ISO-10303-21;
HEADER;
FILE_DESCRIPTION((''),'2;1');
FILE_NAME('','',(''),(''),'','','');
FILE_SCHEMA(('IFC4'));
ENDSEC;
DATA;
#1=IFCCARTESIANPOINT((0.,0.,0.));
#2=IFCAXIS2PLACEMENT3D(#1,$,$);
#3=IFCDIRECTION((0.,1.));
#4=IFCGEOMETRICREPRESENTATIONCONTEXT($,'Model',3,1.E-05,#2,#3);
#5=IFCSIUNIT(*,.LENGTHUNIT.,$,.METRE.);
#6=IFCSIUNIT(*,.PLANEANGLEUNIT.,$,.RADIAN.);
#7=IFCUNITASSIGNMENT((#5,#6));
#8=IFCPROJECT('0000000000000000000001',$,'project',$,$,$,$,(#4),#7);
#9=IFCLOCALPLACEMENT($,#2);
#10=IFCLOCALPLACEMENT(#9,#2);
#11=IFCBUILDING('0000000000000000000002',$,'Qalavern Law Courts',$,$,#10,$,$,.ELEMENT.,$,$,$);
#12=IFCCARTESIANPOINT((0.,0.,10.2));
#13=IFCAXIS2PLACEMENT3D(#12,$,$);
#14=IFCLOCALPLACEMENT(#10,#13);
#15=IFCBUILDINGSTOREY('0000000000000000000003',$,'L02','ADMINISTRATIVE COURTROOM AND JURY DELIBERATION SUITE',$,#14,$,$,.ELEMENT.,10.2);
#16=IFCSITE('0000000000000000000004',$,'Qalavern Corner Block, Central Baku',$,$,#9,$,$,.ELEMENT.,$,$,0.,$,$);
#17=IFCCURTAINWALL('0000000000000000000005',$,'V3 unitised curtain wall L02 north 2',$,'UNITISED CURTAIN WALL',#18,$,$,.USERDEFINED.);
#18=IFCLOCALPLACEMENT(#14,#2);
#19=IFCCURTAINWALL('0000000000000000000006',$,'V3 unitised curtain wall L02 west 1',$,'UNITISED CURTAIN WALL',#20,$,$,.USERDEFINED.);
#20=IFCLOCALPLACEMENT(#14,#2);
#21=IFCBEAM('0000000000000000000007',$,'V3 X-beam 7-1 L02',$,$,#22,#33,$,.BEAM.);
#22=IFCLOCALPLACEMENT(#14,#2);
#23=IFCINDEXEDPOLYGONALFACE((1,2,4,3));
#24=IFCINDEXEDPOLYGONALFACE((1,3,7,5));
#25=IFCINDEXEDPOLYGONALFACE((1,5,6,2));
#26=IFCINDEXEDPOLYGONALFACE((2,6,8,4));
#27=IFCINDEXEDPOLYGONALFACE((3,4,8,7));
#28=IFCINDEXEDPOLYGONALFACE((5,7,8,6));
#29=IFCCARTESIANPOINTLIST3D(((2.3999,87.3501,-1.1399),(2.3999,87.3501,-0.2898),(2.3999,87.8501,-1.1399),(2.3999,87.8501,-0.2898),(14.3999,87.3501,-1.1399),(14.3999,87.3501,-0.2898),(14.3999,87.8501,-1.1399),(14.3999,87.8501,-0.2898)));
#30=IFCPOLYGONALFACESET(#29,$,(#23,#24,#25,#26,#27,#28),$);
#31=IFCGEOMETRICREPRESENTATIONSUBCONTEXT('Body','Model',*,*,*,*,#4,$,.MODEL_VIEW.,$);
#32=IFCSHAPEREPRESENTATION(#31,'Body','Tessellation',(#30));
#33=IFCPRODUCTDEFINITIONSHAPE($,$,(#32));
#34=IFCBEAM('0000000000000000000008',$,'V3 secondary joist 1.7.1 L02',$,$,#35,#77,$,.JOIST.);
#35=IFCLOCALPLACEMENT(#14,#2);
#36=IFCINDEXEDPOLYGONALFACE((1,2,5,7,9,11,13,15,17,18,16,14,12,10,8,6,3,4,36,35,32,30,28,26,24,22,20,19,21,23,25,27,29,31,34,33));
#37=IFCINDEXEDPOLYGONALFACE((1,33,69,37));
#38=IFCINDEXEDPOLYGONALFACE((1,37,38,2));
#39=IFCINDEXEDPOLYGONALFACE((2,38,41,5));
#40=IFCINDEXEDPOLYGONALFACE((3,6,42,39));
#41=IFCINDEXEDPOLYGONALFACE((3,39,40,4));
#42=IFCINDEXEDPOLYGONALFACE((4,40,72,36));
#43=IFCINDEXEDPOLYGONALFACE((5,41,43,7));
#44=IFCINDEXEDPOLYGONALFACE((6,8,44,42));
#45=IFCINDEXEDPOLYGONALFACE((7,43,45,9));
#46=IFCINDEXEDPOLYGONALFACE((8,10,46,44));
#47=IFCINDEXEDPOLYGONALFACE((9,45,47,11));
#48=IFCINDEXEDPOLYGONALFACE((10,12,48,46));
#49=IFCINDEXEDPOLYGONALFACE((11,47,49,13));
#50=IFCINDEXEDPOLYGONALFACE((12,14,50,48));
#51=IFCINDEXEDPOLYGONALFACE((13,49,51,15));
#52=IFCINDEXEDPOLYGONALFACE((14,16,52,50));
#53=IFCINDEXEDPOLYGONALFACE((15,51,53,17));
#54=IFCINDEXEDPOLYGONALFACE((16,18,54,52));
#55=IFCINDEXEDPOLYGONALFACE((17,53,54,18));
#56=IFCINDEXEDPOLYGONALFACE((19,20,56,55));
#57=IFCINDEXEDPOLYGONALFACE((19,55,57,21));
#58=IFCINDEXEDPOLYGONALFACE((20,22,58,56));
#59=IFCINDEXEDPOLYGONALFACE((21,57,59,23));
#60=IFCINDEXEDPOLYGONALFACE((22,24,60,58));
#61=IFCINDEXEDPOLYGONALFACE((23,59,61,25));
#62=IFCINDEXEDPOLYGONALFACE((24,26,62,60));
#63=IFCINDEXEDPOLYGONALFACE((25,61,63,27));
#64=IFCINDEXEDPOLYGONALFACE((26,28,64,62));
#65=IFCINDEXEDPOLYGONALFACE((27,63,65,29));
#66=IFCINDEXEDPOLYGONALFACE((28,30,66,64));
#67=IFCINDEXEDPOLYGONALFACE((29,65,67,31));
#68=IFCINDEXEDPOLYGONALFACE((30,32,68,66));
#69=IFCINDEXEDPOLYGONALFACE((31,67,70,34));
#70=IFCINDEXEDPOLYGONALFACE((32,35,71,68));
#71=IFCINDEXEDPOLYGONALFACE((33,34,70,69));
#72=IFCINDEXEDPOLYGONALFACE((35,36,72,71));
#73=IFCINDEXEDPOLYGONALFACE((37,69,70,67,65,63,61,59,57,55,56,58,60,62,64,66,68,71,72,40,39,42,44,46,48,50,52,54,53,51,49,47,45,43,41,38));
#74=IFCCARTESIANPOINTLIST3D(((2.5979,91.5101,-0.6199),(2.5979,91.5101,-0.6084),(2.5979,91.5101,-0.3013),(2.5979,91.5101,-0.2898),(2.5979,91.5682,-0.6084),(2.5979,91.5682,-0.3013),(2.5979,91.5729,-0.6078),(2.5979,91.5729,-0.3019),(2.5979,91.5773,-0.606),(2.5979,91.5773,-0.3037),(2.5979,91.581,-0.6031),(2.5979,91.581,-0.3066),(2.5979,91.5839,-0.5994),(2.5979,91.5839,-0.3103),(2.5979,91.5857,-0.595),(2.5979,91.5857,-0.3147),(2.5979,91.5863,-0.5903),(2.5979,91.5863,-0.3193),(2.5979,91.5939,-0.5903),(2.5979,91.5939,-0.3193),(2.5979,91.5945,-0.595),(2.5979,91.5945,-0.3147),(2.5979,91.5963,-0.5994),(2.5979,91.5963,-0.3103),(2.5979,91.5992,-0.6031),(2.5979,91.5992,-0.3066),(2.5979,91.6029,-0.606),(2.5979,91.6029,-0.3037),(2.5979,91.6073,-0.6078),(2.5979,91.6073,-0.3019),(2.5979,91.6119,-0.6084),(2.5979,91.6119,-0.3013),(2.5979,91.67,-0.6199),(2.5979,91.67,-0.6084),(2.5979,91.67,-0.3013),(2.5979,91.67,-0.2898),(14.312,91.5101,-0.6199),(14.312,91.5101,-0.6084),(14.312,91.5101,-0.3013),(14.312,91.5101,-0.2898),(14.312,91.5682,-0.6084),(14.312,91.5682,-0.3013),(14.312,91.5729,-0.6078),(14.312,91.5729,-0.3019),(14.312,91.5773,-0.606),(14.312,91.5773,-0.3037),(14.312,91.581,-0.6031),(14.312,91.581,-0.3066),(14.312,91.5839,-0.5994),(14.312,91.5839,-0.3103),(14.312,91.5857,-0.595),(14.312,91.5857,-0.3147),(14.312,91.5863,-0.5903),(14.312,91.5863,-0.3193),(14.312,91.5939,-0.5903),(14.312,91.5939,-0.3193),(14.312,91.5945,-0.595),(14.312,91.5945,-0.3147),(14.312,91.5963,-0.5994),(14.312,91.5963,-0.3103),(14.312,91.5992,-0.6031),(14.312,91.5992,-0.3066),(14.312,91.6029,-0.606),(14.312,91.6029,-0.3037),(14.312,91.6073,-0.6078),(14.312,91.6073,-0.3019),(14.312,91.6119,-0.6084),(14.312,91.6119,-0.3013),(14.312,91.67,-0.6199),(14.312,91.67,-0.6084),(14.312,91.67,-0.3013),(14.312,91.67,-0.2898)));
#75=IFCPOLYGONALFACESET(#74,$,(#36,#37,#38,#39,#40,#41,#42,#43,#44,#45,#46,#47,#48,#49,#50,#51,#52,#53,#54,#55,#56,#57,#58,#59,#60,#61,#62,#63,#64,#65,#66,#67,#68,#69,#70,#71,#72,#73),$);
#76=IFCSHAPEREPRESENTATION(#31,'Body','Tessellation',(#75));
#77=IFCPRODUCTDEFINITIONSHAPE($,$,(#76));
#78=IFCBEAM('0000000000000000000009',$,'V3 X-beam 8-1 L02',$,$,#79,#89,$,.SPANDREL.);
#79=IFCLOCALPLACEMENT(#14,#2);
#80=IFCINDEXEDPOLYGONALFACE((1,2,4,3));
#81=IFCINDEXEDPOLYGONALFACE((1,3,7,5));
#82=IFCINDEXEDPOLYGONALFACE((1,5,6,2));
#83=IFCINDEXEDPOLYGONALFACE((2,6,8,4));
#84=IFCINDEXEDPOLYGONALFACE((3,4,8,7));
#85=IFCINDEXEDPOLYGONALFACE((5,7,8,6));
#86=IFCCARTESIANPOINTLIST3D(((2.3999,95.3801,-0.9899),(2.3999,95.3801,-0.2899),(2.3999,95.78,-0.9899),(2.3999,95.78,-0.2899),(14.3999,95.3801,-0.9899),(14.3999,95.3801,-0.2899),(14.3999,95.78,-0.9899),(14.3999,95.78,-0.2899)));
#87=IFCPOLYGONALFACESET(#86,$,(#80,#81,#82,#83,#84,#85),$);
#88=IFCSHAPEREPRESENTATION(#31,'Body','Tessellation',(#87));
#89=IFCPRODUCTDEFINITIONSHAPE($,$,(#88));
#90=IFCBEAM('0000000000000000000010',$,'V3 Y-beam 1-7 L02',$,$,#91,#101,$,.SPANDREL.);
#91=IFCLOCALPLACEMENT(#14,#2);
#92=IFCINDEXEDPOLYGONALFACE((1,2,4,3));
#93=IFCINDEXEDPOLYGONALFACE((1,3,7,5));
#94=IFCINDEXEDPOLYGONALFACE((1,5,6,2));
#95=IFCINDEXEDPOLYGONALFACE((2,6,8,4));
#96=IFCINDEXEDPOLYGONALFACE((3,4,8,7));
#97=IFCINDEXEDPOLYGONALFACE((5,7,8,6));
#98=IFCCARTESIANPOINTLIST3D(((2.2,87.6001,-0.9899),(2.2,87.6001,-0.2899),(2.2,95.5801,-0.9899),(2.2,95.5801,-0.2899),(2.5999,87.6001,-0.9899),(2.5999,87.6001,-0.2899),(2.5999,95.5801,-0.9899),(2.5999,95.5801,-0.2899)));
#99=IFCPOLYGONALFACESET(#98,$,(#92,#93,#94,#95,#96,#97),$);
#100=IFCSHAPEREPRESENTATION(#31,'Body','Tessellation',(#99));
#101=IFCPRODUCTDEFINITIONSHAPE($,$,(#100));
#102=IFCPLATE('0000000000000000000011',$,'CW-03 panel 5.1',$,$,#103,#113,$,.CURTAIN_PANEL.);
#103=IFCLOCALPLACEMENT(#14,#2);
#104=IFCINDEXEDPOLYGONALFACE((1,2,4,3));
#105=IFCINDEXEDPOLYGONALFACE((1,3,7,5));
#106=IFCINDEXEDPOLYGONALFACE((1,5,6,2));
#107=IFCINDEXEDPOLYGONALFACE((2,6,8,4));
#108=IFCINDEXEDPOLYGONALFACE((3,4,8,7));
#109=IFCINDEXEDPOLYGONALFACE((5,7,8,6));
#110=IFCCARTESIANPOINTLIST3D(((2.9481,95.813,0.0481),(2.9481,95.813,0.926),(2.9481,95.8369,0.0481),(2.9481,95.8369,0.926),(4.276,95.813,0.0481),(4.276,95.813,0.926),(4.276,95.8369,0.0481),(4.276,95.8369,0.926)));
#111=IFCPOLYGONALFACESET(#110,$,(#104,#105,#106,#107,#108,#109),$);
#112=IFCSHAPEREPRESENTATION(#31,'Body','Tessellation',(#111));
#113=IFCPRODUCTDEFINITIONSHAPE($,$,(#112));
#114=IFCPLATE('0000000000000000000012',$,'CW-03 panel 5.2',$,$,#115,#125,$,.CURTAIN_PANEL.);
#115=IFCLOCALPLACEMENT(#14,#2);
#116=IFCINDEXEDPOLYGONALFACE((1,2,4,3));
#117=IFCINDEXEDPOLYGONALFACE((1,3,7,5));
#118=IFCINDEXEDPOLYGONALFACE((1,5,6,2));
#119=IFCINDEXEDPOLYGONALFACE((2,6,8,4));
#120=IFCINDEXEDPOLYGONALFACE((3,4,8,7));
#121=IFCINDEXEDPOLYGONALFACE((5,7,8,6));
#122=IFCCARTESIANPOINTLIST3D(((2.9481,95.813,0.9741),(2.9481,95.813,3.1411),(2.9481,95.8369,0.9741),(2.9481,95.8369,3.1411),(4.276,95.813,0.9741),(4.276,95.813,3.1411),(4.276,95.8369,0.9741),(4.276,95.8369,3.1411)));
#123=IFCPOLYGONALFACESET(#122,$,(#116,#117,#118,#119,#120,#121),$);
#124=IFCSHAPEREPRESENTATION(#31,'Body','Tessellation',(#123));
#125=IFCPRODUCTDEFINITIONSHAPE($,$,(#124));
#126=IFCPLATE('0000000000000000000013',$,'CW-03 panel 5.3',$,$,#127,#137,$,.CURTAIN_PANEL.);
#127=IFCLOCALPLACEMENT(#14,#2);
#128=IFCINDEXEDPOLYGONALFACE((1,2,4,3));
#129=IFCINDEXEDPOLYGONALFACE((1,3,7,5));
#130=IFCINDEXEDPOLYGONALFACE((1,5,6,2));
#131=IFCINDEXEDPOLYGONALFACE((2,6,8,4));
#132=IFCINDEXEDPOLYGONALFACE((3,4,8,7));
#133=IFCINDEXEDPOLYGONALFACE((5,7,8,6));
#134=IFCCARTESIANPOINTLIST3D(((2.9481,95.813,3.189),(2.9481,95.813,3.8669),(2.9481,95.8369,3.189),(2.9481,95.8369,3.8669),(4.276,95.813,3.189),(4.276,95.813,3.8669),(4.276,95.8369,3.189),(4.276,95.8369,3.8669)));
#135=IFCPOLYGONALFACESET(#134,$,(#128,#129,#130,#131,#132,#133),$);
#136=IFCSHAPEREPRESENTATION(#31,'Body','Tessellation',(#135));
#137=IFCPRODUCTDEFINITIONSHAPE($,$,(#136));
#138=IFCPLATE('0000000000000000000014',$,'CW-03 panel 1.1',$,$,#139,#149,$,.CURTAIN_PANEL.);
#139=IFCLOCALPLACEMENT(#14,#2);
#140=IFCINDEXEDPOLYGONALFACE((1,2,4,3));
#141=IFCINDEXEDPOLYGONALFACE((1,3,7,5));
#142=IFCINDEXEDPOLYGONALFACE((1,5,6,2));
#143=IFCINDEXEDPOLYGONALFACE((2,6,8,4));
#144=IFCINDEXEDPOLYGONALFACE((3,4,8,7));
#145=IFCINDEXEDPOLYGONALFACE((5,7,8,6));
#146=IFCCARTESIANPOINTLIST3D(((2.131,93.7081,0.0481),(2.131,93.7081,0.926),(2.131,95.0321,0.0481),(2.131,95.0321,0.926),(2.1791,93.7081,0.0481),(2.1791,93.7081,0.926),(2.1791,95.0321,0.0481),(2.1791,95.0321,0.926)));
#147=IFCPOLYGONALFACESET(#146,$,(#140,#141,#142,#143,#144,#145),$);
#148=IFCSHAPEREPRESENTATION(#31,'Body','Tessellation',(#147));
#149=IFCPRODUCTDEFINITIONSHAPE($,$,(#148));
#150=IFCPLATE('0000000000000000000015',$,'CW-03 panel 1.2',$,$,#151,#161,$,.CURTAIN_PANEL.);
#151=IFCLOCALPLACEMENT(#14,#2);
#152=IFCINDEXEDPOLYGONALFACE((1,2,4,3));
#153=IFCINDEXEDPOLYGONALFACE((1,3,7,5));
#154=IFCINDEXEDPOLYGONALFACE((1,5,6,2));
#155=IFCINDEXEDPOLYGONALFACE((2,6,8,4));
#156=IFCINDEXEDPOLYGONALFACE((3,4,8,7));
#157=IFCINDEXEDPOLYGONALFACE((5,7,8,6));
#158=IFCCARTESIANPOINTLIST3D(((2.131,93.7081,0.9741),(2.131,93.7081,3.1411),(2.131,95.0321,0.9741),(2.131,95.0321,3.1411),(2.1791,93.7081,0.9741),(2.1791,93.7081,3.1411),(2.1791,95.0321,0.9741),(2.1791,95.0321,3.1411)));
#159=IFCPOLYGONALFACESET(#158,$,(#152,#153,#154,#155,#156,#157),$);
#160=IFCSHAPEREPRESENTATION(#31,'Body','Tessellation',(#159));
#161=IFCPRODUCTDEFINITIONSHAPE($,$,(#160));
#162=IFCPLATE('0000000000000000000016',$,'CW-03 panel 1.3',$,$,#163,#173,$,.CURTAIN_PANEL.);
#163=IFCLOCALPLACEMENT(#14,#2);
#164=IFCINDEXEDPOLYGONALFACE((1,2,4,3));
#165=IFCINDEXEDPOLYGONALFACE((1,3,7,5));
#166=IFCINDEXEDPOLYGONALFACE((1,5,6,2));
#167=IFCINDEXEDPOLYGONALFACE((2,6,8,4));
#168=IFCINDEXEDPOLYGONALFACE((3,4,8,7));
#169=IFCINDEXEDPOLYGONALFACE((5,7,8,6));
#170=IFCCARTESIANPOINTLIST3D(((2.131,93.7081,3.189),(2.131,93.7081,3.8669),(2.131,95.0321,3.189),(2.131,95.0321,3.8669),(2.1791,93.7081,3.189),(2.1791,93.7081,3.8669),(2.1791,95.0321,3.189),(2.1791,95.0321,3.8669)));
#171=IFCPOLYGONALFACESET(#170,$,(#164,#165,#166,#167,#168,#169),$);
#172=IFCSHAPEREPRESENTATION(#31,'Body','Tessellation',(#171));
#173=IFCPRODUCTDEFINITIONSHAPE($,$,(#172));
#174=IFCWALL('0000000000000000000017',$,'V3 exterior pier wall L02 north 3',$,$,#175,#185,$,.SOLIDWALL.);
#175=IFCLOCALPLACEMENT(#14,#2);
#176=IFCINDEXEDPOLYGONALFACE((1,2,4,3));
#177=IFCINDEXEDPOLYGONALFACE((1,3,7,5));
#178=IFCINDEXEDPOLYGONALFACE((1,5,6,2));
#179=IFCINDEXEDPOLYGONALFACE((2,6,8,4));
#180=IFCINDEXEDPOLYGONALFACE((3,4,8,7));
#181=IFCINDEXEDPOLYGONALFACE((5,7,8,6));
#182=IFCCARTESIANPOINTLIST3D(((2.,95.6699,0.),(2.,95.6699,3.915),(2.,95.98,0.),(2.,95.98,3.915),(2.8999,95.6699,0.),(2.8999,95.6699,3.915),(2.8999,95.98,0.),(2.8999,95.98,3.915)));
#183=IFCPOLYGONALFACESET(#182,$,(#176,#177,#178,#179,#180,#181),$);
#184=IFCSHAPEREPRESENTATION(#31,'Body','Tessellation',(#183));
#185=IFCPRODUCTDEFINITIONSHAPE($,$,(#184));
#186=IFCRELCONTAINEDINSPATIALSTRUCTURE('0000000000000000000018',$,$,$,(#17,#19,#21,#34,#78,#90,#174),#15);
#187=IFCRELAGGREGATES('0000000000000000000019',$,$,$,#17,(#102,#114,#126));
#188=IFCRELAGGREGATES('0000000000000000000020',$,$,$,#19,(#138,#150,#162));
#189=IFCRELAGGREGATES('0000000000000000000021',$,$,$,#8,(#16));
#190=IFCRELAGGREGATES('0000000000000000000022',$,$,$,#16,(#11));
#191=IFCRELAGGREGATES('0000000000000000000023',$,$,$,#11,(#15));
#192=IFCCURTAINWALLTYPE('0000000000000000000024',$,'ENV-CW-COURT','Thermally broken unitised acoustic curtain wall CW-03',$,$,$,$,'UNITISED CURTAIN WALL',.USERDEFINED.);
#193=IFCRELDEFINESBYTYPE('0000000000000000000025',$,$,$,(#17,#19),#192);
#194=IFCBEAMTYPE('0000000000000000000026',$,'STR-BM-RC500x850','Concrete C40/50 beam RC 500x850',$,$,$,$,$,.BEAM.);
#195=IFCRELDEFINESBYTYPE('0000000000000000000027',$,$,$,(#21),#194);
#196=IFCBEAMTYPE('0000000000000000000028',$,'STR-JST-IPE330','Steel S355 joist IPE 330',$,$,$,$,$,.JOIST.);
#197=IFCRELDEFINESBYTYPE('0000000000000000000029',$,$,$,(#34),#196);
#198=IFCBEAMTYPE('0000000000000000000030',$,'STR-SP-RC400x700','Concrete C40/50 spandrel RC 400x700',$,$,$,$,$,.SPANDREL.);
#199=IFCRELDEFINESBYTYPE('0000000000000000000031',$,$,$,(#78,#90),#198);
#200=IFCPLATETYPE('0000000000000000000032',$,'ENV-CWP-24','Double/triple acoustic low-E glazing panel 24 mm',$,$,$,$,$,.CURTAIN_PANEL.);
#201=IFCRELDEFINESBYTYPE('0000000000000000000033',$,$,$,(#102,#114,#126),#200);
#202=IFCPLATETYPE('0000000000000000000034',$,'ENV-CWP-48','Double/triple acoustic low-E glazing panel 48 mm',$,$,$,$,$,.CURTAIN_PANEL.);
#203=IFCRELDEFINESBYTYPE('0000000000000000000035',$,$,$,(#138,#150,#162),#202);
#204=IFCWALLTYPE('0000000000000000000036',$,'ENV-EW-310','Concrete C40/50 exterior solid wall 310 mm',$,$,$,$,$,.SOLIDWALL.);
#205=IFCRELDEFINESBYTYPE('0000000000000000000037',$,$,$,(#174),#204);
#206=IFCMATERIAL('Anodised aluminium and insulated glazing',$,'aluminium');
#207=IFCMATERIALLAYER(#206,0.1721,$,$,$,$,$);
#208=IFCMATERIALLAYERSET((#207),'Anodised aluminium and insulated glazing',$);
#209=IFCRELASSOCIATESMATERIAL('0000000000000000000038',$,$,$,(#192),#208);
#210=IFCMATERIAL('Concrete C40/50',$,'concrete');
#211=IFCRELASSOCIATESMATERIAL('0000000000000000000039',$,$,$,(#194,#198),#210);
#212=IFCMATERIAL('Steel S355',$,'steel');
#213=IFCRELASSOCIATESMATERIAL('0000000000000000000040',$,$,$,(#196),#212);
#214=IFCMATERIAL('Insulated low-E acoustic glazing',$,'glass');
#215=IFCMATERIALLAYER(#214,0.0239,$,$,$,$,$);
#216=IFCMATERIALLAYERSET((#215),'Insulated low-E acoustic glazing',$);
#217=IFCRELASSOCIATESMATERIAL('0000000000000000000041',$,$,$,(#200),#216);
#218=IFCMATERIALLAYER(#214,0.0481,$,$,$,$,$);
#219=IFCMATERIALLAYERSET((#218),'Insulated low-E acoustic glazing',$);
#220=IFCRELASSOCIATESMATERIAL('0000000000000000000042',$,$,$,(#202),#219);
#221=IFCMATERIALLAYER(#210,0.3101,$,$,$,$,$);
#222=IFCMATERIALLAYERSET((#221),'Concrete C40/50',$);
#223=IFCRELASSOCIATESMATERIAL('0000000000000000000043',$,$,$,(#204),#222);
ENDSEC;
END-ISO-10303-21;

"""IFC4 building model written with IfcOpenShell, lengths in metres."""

from ifc_helpers import new_model, si_unit, direction, frame, frame_2d, origin, origin_2d, place, context, subcontext, project, spatial, rectangle, i_section, extrude, material, layer, layer_set, material_profile, profile_set, type_object, element, aggregate, save


model = new_model("IFC4")

# Units and contexts
model_context = context("Model", 3, precision=1e-05, world=origin(), true_north=direction((0.0, 1.0)))
body_context = subcontext(model_context, "Body", "Model", "MODEL_VIEW")
ifc_project = project(units=[si_unit("LENGTHUNIT", "METRE"), si_unit("PLANEANGLEUNIT", "RADIAN")], contexts=[model_context])

# Site, building, storey
site_placement = place(None, origin())
site = spatial("IfcSite", under=ifc_project, at=site_placement, Name="Qalavern Corner Block, Central Baku", CompositionType="ELEMENT", RefElevation=0.0)
building_placement = place(site_placement, origin())
building = spatial("IfcBuilding", under=site, at=building_placement, Name="Qalavern Law Courts", CompositionType="ELEMENT")
storey_placement = place(building_placement, frame((0.0, 0.0, 10.2)))
storey = spatial("IfcBuildingStorey", under=building, at=storey_placement, Name="L02", Description="ADMINISTRATIVE COURTROOM AND JURY DELIBERATION SUITE", CompositionType="ELEMENT", Elevation=10.2)

# Curtain wall
ifc_material_1 = material(Name="Anodised aluminium and insulated glazing", Category="aluminium")
ifc_layer_1 = layer(ifc_material_1, 0.1721)
ifc_layer_set_1 = layer_set([ifc_layer_1], Name="Anodised aluminium and insulated glazing")
curtain_wall_type = type_object("IfcCurtainWallType", Name="ENV-CW-COURT", Description="Thermally broken unitised acoustic curtain wall CW-03", ElementType="UNITISED CURTAIN WALL", PredefinedType="USERDEFINED", material=ifc_layer_set_1)
curtain_wall_1_placement = place(storey_placement, origin())
curtain_wall_1 = element("IfcCurtainWall", 1, at=curtain_wall_1_placement, inside=storey, type_object=curtain_wall_type, Name="V3 unitised curtain wall L02 north 2", ObjectType="UNITISED CURTAIN WALL", PredefinedType="USERDEFINED")

# Curtain wall
curtain_wall_2_placement = place(storey_placement, origin())
curtain_wall_2 = element("IfcCurtainWall", 2, at=curtain_wall_2_placement, inside=storey, type_object=curtain_wall_type, Name="V3 unitised curtain wall L02 west 1", ObjectType="UNITISED CURTAIN WALL", PredefinedType="USERDEFINED")

# Beams
ifc_material_2 = material(Name="Concrete C40/50", Category="concrete")
ifc_material_profile_1 = material_profile(ifc_material_2, rectangle(XDim=0.5, YDim=0.8501, at=origin_2d()), Name="RC 500x850")
ifc_profile_set_1 = profile_set([ifc_material_profile_1], Name="Concrete C40/50")
beam_type_1 = type_object("IfcBeamType", Name="STR-BM-RC500x850", Description="Concrete C40/50 beam RC 500x850", PredefinedType="BEAM", material=ifc_profile_set_1)
beam_1_placement = place(storey_placement, frame((2.3999, 87.6001, -0.7148), z_axis=(1.0, 0.0, 0.0), x_axis=(0.0, 1.0, 0.0)))
element("IfcBeam", 3, at=beam_1_placement, inside=storey, type_object=beam_type_1, Name="V3 X-beam 7-1 L02", PredefinedType="BEAM", context=body_context, shape_type="SweptSolid", body=[
    extrude(rectangle(XDim=0.5, YDim=0.8501, at=origin_2d()), origin(), (0.0, 0.0, 1.0), 12.0),
])
ifc_material_3 = material(Name="Steel S355", Category="steel")
ifc_material_profile_2 = material_profile(ifc_material_3, i_section(OverallWidth=0.1599, OverallDepth=0.3301, WebThickness=0.0076, FlangeThickness=0.0115, FilletRadius=0.0181, at=origin_2d()), Name="IPE 330")
ifc_profile_set_2 = profile_set([ifc_material_profile_2], Name="Steel S355")
beam_type_2 = type_object("IfcBeamType", Name="STR-JST-IPE330", Description="Steel S355 joist IPE 330", PredefinedType="JOIST", material=ifc_profile_set_2)
beam_2_placement = place(storey_placement, frame((2.5979, 91.5901, -0.4548), z_axis=(1.0, 0.0, 0.0), x_axis=(0.0, 1.0, 0.0)))
element("IfcBeam", 4, at=beam_2_placement, inside=storey, type_object=beam_type_2, Name="V3 secondary joist 1.7.1 L02", PredefinedType="JOIST", context=body_context, shape_type="SweptSolid", body=[
    extrude(i_section(OverallWidth=0.1599, OverallDepth=0.3301, WebThickness=0.0076, FlangeThickness=0.0115, FilletRadius=0.0181, at=origin_2d()), origin(), (0.0, 0.0, 1.0), 11.7141),
])
ifc_material_profile_3 = material_profile(ifc_material_2, rectangle(XDim=0.3999, YDim=0.7, at=origin_2d()), Name="RC 400x700")
ifc_profile_set_3 = profile_set([ifc_material_profile_3], Name="Concrete C40/50")
beam_type_3 = type_object("IfcBeamType", Name="STR-SP-RC400x700", Description="Concrete C40/50 spandrel RC 400x700", PredefinedType="SPANDREL", material=ifc_profile_set_3)
beam_3_placement = place(storey_placement, frame((2.3999, 95.5801, -0.6399), z_axis=(1.0, 0.0, 0.0), x_axis=(0.0, 1.0, 0.0)))
element("IfcBeam", 5, at=beam_3_placement, inside=storey, type_object=beam_type_3, Name="V3 X-beam 8-1 L02", PredefinedType="SPANDREL", context=body_context, shape_type="SweptSolid", body=[
    extrude(rectangle(XDim=0.3999, YDim=0.7, at=origin_2d()), origin(), (0.0, 0.0, 1.0), 12.0),
])
beam_4_placement = place(storey_placement, frame((2.3999, 87.6001, -0.6399), z_axis=(0.0, 1.0, 0.0), x_axis=(-1.0, 0.0, 0.0)))
element("IfcBeam", 6, at=beam_4_placement, inside=storey, type_object=beam_type_3, Name="V3 Y-beam 1-7 L02", PredefinedType="SPANDREL", context=body_context, shape_type="SweptSolid", body=[
    extrude(rectangle(XDim=0.3999, YDim=0.7, at=origin_2d()), origin(), (0.0, 0.0, 1.0), 7.98),
])

# Plates
ifc_material_4 = material(Name="Insulated low-E acoustic glazing", Category="glass")
ifc_layer_2 = layer(ifc_material_4, 0.0239)
ifc_layer_set_2 = layer_set([ifc_layer_2], Name="Insulated low-E acoustic glazing")
plate_type_1 = type_object("IfcPlateType", Name="ENV-CWP-24", Description="Double/triple acoustic low-E glazing panel 24 mm", PredefinedType="CURTAIN_PANEL", material=ifc_layer_set_2)
plate_1_placement = place(storey_placement, frame((3.6121, 95.825, 0.0481), z_axis=(0.0, 0.0, 1.0), x_axis=(-1.0, 0.0, 0.0)))
plate_1 = element("IfcPlate", 7, at=plate_1_placement, type_object=plate_type_1, Name="CW-03 panel 5.1", PredefinedType="CURTAIN_PANEL", context=body_context, shape_type="SweptSolid", body=[
    extrude(rectangle(XDim=1.3279, YDim=0.0239, at=origin_2d()), origin(), (0.0, 0.0, 1.0), 0.8779),
])
plate_2_placement = place(storey_placement, frame((3.6121, 95.825, 0.9741), z_axis=(0.0, 0.0, 1.0), x_axis=(-1.0, 0.0, 0.0)))
plate_2 = element("IfcPlate", 8, at=plate_2_placement, type_object=plate_type_1, Name="CW-03 panel 5.2", PredefinedType="CURTAIN_PANEL", context=body_context, shape_type="SweptSolid", body=[
    extrude(rectangle(XDim=1.3279, YDim=0.0239, at=origin_2d()), origin(), (0.0, 0.0, 1.0), 2.167),
])
plate_3_placement = place(storey_placement, frame((3.6121, 95.825, 3.189), z_axis=(0.0, 0.0, 1.0), x_axis=(-1.0, 0.0, 0.0)))
plate_3 = element("IfcPlate", 9, at=plate_3_placement, type_object=plate_type_1, Name="CW-03 panel 5.3", PredefinedType="CURTAIN_PANEL", context=body_context, shape_type="SweptSolid", body=[
    extrude(rectangle(XDim=1.3279, YDim=0.0239, at=origin_2d()), origin(), (0.0, 0.0, 1.0), 0.678),
])
aggregate(curtain_wall_1, [plate_1, plate_2, plate_3])
ifc_layer_3 = layer(ifc_material_4, 0.0481)
ifc_layer_set_3 = layer_set([ifc_layer_3], Name="Insulated low-E acoustic glazing")
plate_type_2 = type_object("IfcPlateType", Name="ENV-CWP-48", Description="Double/triple acoustic low-E glazing panel 48 mm", PredefinedType="CURTAIN_PANEL", material=ifc_layer_set_3)
plate_4_placement = place(storey_placement, frame((2.155, 94.3701, 0.0481), z_axis=(0.0, 0.0, 1.0), x_axis=(0.0, -1.0, 0.0)))
plate_4 = element("IfcPlate", 10, at=plate_4_placement, type_object=plate_type_2, Name="CW-03 panel 1.1", PredefinedType="CURTAIN_PANEL", context=body_context, shape_type="SweptSolid", body=[
    extrude(rectangle(XDim=1.324, YDim=0.0481, at=origin_2d()), origin(), (0.0, 0.0, 1.0), 0.8779),
])
plate_5_placement = place(storey_placement, frame((2.155, 94.3701, 0.9741), z_axis=(0.0, 0.0, 1.0), x_axis=(0.0, -1.0, 0.0)))
plate_5 = element("IfcPlate", 11, at=plate_5_placement, type_object=plate_type_2, Name="CW-03 panel 1.2", PredefinedType="CURTAIN_PANEL", context=body_context, shape_type="SweptSolid", body=[
    extrude(rectangle(XDim=1.324, YDim=0.0481, at=origin_2d()), origin(), (0.0, 0.0, 1.0), 2.167),
])
plate_6_placement = place(storey_placement, frame((2.155, 94.3701, 3.189), z_axis=(0.0, 0.0, 1.0), x_axis=(0.0, -1.0, 0.0)))
plate_6 = element("IfcPlate", 12, at=plate_6_placement, type_object=plate_type_2, Name="CW-03 panel 1.3", PredefinedType="CURTAIN_PANEL", context=body_context, shape_type="SweptSolid", body=[
    extrude(rectangle(XDim=1.324, YDim=0.0481, at=origin_2d()), origin(), (0.0, 0.0, 1.0), 0.678),
])
aggregate(curtain_wall_2, [plate_4, plate_5, plate_6])

# Wall
ifc_layer_4 = layer(ifc_material_2, 0.3101)
ifc_layer_set_4 = layer_set([ifc_layer_4], Name="Concrete C40/50")
wall_type = type_object("IfcWallType", Name="ENV-EW-310", Description="Concrete C40/50 exterior solid wall 310 mm", PredefinedType="SOLIDWALL", material=ifc_layer_set_4)
wall_1_placement = place(storey_placement, frame((2.8999, 95.825, 0.0), z_axis=(0.0, 0.0, 1.0), x_axis=(-1.0, 0.0, 0.0)))
element("IfcWall", 13, at=wall_1_placement, inside=storey, type_object=wall_type, Name="V3 exterior pier wall L02 north 3", PredefinedType="SOLIDWALL", context=body_context, shape_type="SweptSolid", body=[
    extrude(rectangle(XDim=0.8999, YDim=0.3101, at=frame_2d((0.45, 0.0))), origin(), (0.0, 0.0, 1.0), 3.915),
])

save(model, "model.ifc")
